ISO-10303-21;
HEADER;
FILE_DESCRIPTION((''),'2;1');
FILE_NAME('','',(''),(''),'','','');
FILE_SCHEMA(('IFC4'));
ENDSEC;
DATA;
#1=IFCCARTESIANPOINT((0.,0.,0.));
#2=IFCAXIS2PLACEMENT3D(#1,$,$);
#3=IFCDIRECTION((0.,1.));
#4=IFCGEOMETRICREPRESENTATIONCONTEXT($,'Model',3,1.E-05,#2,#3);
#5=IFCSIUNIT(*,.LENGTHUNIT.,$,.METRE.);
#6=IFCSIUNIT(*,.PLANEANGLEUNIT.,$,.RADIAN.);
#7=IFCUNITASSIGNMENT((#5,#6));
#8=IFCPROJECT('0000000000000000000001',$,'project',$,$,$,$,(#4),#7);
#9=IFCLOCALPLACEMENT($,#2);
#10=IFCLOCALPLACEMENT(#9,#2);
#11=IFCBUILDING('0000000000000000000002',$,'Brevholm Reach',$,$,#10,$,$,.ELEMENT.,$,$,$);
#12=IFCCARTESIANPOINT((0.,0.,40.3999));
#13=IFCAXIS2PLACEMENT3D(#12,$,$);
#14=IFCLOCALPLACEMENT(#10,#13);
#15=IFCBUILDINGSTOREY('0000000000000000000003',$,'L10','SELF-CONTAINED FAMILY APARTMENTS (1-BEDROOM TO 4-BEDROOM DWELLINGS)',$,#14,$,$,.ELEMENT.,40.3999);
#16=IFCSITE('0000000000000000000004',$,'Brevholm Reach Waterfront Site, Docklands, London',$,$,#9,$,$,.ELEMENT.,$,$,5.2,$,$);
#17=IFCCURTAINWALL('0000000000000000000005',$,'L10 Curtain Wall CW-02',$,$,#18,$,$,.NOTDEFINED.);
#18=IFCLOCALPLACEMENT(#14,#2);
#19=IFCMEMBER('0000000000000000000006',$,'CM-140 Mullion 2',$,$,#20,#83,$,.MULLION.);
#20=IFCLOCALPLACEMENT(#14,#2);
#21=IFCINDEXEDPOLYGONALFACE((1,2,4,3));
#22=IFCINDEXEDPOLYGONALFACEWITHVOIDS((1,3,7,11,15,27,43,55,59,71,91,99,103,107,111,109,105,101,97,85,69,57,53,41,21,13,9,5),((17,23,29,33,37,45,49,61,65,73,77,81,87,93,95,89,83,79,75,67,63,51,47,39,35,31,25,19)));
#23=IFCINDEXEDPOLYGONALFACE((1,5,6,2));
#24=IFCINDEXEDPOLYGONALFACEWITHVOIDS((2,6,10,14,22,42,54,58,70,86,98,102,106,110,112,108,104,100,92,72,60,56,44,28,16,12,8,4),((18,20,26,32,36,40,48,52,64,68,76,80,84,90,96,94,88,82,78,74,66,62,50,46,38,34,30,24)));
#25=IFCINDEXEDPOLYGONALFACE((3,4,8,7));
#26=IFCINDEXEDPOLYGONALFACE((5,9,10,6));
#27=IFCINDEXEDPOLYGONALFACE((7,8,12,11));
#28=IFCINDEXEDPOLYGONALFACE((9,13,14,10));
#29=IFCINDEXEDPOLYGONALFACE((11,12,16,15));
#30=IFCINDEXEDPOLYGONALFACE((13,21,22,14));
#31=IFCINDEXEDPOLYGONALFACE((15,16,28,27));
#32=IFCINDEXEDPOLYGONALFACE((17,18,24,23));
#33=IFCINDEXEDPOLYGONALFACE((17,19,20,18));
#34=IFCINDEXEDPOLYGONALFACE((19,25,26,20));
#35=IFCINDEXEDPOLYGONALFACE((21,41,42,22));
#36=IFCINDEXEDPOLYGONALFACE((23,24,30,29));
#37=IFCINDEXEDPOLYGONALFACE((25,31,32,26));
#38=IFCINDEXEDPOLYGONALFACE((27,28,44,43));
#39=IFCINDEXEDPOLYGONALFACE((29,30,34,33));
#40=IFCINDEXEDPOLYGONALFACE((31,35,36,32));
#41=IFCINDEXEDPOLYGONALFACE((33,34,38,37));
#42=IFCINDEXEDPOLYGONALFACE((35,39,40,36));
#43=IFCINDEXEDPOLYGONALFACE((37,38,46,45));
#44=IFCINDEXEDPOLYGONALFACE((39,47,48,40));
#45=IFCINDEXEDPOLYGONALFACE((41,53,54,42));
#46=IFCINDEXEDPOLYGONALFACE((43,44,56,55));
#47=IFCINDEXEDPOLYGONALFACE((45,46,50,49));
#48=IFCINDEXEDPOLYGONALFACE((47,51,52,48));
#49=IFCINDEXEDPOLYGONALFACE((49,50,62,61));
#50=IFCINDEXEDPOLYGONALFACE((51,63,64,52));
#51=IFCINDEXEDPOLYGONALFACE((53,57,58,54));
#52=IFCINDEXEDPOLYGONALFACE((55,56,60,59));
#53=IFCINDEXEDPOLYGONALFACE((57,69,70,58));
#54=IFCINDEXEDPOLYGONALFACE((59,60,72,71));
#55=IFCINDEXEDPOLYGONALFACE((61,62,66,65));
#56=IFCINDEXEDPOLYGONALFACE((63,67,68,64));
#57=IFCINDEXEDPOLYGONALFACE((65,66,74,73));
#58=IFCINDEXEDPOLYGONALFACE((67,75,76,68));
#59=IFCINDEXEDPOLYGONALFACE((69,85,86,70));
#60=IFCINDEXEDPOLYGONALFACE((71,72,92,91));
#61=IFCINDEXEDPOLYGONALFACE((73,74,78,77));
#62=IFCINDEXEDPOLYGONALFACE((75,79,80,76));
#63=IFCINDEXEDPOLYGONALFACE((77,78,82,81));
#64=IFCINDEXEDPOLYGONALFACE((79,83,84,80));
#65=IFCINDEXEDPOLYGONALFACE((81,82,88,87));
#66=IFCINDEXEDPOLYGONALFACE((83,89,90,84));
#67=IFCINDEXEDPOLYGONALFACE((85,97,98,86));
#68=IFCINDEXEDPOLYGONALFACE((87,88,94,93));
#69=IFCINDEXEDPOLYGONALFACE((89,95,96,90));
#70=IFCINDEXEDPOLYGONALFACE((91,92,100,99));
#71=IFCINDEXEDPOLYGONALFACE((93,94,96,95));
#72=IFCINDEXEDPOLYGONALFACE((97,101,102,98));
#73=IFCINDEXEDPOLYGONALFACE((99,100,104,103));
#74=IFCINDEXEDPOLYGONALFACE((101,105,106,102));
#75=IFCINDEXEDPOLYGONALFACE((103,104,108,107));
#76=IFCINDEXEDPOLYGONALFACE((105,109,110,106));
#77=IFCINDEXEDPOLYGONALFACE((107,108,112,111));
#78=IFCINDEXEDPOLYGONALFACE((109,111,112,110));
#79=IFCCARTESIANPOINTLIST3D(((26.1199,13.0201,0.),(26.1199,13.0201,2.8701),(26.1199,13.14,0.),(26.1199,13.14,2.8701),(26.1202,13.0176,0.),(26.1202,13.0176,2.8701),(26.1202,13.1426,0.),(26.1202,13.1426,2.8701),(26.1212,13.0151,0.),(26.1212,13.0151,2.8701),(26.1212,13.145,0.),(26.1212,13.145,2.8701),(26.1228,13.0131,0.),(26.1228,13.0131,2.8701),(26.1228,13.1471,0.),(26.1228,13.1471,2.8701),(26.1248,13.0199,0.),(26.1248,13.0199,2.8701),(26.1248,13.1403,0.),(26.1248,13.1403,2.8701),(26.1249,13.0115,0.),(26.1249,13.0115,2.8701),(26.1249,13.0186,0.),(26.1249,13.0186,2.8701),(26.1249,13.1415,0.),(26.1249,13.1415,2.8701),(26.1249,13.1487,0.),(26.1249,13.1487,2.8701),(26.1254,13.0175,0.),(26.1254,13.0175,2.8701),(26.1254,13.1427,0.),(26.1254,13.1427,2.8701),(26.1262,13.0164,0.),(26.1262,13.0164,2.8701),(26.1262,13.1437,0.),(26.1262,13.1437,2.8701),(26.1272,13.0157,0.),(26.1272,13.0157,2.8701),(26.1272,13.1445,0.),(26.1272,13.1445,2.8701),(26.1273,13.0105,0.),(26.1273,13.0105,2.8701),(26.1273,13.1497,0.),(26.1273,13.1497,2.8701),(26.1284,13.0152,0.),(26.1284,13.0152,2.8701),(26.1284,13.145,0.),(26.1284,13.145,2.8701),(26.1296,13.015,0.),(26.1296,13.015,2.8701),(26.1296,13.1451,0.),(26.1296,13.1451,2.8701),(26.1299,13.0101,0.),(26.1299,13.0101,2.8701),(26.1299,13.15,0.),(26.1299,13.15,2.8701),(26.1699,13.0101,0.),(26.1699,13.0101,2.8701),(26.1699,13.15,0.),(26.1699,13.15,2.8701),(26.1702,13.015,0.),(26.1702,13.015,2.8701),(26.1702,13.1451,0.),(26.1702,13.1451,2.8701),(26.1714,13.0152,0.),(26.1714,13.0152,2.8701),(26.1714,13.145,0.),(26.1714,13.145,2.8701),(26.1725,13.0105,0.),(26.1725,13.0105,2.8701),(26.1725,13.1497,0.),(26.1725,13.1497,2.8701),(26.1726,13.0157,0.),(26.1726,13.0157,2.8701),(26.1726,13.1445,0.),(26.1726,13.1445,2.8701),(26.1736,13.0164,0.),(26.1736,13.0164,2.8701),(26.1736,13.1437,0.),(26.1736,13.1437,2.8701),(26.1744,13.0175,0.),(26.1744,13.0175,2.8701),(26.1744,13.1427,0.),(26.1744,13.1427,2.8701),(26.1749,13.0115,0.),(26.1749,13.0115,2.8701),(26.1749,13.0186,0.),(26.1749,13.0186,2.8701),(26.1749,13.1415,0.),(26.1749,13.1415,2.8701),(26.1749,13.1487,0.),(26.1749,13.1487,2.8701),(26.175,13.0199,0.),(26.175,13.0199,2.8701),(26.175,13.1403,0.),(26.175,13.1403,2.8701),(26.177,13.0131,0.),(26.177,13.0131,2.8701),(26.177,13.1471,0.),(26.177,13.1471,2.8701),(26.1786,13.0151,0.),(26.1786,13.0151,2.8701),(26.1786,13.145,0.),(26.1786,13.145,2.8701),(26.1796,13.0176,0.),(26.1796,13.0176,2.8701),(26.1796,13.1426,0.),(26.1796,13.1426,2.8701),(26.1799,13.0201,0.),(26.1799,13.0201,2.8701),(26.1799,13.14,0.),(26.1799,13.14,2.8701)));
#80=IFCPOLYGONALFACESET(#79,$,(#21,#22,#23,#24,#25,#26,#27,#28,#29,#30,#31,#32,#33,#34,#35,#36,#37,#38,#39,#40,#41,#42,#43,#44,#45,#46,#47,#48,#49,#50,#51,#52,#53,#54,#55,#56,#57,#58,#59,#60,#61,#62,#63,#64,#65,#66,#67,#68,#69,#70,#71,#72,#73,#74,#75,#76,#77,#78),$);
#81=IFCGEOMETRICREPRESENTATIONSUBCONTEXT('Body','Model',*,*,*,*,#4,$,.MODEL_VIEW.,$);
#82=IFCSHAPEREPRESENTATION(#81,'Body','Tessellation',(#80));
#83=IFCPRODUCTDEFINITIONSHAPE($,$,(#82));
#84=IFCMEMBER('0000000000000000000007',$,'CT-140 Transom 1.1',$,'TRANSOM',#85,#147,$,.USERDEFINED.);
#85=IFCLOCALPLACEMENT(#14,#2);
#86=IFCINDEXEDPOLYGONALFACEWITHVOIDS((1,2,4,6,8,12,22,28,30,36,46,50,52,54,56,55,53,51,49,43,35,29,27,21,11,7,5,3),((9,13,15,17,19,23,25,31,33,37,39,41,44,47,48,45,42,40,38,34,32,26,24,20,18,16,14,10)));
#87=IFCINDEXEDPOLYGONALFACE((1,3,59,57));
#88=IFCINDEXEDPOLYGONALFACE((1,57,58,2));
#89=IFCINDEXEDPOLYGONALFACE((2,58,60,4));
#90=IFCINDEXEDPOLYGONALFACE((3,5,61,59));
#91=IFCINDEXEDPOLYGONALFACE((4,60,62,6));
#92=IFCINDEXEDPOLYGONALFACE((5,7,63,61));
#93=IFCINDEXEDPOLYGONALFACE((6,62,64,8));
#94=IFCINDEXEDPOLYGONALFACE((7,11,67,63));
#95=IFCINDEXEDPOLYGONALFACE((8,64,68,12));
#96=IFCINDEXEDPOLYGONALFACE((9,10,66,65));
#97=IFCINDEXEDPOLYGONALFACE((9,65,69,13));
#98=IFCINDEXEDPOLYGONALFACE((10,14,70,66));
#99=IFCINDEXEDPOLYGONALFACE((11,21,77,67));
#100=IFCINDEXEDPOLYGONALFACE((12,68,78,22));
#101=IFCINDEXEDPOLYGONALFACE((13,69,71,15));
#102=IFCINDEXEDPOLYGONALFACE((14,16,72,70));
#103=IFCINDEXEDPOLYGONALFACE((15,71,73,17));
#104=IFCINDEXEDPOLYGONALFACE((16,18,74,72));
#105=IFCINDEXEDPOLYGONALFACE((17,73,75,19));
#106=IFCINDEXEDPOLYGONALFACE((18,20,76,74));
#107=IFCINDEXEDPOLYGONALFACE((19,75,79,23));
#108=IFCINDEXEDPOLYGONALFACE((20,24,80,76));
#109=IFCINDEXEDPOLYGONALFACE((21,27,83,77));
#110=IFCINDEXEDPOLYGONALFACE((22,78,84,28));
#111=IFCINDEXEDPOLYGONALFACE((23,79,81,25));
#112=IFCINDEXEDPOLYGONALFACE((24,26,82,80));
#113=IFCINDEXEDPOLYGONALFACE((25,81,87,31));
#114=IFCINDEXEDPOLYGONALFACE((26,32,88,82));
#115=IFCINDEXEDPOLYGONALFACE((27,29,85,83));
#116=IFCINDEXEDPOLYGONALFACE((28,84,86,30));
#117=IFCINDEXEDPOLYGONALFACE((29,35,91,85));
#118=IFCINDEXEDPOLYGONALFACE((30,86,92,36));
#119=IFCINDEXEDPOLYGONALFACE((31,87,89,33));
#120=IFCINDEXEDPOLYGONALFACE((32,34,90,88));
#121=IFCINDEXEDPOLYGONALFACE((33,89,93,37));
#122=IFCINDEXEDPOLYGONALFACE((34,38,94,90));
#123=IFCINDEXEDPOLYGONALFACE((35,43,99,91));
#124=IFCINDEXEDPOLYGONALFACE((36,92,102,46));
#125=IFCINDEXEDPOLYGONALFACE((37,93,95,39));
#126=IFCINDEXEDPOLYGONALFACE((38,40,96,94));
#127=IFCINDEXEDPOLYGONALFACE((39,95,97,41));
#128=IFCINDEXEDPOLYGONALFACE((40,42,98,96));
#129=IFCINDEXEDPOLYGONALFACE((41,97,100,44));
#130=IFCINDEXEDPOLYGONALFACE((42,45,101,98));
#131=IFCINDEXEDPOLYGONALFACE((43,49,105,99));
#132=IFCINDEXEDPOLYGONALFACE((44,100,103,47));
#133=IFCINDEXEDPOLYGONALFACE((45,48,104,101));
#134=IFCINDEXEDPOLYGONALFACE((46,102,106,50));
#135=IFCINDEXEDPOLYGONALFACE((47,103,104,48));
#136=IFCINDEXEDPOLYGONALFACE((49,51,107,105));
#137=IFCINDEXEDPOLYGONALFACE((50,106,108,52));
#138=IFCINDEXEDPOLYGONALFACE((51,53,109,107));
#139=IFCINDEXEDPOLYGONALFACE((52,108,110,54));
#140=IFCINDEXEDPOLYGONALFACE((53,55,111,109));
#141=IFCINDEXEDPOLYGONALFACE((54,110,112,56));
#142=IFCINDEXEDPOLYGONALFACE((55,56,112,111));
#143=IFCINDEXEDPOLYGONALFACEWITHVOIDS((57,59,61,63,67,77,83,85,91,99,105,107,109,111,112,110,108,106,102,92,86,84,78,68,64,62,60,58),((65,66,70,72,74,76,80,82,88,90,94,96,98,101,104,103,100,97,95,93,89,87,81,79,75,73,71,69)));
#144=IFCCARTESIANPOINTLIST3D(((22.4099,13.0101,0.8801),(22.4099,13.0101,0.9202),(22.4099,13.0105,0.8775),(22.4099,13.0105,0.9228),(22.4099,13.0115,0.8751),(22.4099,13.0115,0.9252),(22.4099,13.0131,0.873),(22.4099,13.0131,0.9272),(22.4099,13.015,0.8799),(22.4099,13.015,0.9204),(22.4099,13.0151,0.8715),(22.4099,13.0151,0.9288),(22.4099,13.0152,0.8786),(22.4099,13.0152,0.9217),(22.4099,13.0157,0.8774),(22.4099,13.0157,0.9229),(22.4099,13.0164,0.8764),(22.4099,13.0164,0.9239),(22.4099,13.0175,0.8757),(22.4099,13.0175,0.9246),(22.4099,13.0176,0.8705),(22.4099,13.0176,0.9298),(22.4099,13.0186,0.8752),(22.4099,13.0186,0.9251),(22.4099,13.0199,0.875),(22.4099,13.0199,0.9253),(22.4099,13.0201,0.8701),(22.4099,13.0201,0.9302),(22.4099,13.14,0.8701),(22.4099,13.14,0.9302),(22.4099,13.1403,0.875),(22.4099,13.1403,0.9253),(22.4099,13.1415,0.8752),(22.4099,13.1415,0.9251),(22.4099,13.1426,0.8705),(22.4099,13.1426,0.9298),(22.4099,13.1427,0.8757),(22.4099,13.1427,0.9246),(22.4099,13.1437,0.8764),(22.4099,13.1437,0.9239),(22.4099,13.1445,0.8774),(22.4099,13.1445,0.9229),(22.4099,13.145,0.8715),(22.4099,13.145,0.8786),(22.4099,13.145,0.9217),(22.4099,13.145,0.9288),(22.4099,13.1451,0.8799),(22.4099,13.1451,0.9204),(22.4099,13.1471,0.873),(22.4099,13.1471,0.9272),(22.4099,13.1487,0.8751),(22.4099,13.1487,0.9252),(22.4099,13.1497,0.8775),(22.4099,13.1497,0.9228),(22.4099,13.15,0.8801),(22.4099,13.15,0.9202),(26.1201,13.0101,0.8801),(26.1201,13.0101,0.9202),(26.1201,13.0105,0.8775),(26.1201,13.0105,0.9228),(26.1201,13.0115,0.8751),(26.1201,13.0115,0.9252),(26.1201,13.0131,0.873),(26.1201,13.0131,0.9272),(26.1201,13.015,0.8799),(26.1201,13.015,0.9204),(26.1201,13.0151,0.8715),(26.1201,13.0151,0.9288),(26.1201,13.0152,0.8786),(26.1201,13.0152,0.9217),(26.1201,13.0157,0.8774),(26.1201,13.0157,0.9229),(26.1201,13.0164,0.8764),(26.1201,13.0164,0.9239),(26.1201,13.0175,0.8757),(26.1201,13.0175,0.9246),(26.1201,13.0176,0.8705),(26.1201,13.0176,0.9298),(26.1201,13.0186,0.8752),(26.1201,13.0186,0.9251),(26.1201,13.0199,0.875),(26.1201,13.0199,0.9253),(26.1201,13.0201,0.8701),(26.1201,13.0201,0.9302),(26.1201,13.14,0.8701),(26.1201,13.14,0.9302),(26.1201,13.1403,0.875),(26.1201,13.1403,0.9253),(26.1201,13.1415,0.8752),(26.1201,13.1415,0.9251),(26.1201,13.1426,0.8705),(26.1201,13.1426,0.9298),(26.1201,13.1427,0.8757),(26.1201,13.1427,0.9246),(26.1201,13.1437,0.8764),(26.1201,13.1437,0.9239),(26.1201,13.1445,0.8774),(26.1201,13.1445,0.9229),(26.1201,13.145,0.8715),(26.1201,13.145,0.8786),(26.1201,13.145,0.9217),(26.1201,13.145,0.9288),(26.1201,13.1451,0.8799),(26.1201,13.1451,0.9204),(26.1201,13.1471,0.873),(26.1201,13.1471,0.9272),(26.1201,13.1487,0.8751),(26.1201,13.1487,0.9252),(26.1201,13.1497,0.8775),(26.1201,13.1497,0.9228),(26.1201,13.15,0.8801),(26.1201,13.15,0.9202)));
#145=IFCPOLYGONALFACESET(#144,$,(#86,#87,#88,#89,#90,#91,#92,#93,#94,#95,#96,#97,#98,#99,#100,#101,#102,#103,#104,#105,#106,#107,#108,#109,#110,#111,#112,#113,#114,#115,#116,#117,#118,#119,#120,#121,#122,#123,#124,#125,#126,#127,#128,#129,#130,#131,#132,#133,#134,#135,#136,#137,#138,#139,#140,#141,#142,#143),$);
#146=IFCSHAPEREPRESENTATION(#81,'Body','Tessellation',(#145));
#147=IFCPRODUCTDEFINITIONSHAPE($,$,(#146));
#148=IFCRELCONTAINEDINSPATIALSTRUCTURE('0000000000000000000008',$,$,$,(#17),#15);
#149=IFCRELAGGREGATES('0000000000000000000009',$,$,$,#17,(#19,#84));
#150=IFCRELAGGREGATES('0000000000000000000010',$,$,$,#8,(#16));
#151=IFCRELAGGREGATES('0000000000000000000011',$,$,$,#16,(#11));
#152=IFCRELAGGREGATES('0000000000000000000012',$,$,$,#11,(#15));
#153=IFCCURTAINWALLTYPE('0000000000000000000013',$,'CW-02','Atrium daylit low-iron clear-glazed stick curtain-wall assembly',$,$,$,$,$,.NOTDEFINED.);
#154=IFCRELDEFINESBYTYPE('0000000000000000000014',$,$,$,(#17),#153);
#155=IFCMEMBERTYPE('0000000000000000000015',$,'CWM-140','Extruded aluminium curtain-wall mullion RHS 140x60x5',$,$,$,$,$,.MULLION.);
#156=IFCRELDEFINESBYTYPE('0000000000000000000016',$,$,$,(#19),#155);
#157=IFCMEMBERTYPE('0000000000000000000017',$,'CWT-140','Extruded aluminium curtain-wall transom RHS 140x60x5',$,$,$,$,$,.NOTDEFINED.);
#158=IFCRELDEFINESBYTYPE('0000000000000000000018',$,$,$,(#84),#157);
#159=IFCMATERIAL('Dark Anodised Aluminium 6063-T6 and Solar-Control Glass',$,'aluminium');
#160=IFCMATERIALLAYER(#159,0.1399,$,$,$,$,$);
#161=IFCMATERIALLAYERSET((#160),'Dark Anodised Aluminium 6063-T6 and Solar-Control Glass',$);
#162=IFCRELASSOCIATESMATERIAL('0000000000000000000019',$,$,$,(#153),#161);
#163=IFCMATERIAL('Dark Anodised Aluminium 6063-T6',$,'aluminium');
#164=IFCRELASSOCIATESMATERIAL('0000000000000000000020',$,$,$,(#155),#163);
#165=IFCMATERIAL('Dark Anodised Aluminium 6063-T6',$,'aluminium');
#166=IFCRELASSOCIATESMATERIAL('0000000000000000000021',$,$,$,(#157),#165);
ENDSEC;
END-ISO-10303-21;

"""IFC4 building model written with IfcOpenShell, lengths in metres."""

from ifc_helpers import new_model, si_unit, direction, frame, origin, origin_2d, place, context, subcontext, project, spatial, hollow_rectangle, extrude, material, layer, layer_set, material_profile, profile_set, type_object, element, aggregate, save


model = new_model("IFC4")

# Units and contexts
model_context = context("Model", 3, precision=1e-05, world=origin(), true_north=direction((0.0, 1.0)))
body_context = subcontext(model_context, "Body", "Model", "MODEL_VIEW")
ifc_project = project(units=[si_unit("LENGTHUNIT", "METRE"), si_unit("PLANEANGLEUNIT", "RADIAN")], contexts=[model_context])

# Site, building, storey
site_placement = place(None, origin())
site = spatial("IfcSite", under=ifc_project, at=site_placement, Name="Brevholm Reach Waterfront Site, Docklands, London", CompositionType="ELEMENT", RefElevation=5.2)
building_placement = place(site_placement, origin())
building = spatial("IfcBuilding", under=site, at=building_placement, Name="Brevholm Reach", CompositionType="ELEMENT")
storey_placement = place(building_placement, frame((0.0, 0.0, 40.3999)))
storey = spatial("IfcBuildingStorey", under=building, at=storey_placement, Name="L10", Description="SELF-CONTAINED FAMILY APARTMENTS (1-BEDROOM TO 4-BEDROOM DWELLINGS)", CompositionType="ELEMENT", Elevation=40.3999)

# Curtain wall, members
ifc_material_1 = material(Name="Dark Anodised Aluminium 6063-T6 and Solar-Control Glass", Category="aluminium")
ifc_layer_1 = layer(ifc_material_1, 0.1399)
ifc_layer_set_1 = layer_set([ifc_layer_1], Name="Dark Anodised Aluminium 6063-T6 and Solar-Control Glass")
curtain_wall_type = type_object("IfcCurtainWallType", Name="CW-02", Description="Atrium daylit low-iron clear-glazed stick curtain-wall assembly", PredefinedType="NOTDEFINED", material=ifc_layer_set_1)
curtain_wall_placement = place(storey_placement, origin())
curtain_wall = element("IfcCurtainWall", 1, at=curtain_wall_placement, inside=storey, type_object=curtain_wall_type, Name="L10 Curtain Wall CW-02", PredefinedType="NOTDEFINED")
ifc_material_2 = material(Name="Dark Anodised Aluminium 6063-T6", Category="aluminium")
ifc_material_profile_1 = material_profile(ifc_material_2, hollow_rectangle(XDim=0.0601, YDim=0.1399, WallThickness=0.0049, InnerFilletRadius=0.0049, OuterFilletRadius=0.01, at=origin_2d()), Name="RHS 140x60x5")
ifc_profile_set_1 = profile_set([ifc_material_profile_1], Name="Dark Anodised Aluminium 6063-T6")
member_type_1 = type_object("IfcMemberType", Name="CWM-140", Description="Extruded aluminium curtain-wall mullion RHS 140x60x5", PredefinedType="MULLION", material=ifc_profile_set_1)
member_1_placement = place(storey_placement, frame((26.1499, 13.0801, 0.0), z_axis=(0.0, 0.0, 1.0), x_axis=(1.0, 0.0, 0.0)))
member_1 = element("IfcMember", 2, at=member_1_placement, type_object=member_type_1, Name="CM-140 Mullion 2", PredefinedType="MULLION", context=body_context, shape_type="SweptSolid", body=[
    extrude(hollow_rectangle(XDim=0.0601, YDim=0.1399, WallThickness=0.0049, InnerFilletRadius=0.0049, OuterFilletRadius=0.01, at=origin_2d()), origin(), (0.0, 0.0, 1.0), 2.8701),
])
ifc_material_3 = material(Name="Dark Anodised Aluminium 6063-T6", Category="aluminium")
ifc_material_profile_2 = material_profile(ifc_material_3, hollow_rectangle(XDim=0.0601, YDim=0.1399, WallThickness=0.0049, InnerFilletRadius=0.0049, OuterFilletRadius=0.01, at=origin_2d()), Name="RHS 140x60x5")
ifc_profile_set_2 = profile_set([ifc_material_profile_2], Name="Dark Anodised Aluminium 6063-T6")
member_type_2 = type_object("IfcMemberType", Name="CWT-140", Description="Extruded aluminium curtain-wall transom RHS 140x60x5", PredefinedType="NOTDEFINED", material=ifc_profile_set_2)
member_2_placement = place(storey_placement, frame((22.4099, 13.0801, 0.9001), z_axis=(1.0, 0.0, 0.0), x_axis=(0.0, 0.0, 1.0)))
member_2 = element("IfcMember", 3, at=member_2_placement, type_object=member_type_2, Name="CT-140 Transom 1.1", ObjectType="TRANSOM", PredefinedType="USERDEFINED", context=body_context, shape_type="SweptSolid", body=[
    extrude(hollow_rectangle(XDim=0.0601, YDim=0.1399, WallThickness=0.0049, InnerFilletRadius=0.0049, OuterFilletRadius=0.01, at=origin_2d()), origin(), (0.0, 0.0, 1.0), 3.7102),
])
aggregate(curtain_wall, [member_1, member_2])

save(model, "model.ifc")
